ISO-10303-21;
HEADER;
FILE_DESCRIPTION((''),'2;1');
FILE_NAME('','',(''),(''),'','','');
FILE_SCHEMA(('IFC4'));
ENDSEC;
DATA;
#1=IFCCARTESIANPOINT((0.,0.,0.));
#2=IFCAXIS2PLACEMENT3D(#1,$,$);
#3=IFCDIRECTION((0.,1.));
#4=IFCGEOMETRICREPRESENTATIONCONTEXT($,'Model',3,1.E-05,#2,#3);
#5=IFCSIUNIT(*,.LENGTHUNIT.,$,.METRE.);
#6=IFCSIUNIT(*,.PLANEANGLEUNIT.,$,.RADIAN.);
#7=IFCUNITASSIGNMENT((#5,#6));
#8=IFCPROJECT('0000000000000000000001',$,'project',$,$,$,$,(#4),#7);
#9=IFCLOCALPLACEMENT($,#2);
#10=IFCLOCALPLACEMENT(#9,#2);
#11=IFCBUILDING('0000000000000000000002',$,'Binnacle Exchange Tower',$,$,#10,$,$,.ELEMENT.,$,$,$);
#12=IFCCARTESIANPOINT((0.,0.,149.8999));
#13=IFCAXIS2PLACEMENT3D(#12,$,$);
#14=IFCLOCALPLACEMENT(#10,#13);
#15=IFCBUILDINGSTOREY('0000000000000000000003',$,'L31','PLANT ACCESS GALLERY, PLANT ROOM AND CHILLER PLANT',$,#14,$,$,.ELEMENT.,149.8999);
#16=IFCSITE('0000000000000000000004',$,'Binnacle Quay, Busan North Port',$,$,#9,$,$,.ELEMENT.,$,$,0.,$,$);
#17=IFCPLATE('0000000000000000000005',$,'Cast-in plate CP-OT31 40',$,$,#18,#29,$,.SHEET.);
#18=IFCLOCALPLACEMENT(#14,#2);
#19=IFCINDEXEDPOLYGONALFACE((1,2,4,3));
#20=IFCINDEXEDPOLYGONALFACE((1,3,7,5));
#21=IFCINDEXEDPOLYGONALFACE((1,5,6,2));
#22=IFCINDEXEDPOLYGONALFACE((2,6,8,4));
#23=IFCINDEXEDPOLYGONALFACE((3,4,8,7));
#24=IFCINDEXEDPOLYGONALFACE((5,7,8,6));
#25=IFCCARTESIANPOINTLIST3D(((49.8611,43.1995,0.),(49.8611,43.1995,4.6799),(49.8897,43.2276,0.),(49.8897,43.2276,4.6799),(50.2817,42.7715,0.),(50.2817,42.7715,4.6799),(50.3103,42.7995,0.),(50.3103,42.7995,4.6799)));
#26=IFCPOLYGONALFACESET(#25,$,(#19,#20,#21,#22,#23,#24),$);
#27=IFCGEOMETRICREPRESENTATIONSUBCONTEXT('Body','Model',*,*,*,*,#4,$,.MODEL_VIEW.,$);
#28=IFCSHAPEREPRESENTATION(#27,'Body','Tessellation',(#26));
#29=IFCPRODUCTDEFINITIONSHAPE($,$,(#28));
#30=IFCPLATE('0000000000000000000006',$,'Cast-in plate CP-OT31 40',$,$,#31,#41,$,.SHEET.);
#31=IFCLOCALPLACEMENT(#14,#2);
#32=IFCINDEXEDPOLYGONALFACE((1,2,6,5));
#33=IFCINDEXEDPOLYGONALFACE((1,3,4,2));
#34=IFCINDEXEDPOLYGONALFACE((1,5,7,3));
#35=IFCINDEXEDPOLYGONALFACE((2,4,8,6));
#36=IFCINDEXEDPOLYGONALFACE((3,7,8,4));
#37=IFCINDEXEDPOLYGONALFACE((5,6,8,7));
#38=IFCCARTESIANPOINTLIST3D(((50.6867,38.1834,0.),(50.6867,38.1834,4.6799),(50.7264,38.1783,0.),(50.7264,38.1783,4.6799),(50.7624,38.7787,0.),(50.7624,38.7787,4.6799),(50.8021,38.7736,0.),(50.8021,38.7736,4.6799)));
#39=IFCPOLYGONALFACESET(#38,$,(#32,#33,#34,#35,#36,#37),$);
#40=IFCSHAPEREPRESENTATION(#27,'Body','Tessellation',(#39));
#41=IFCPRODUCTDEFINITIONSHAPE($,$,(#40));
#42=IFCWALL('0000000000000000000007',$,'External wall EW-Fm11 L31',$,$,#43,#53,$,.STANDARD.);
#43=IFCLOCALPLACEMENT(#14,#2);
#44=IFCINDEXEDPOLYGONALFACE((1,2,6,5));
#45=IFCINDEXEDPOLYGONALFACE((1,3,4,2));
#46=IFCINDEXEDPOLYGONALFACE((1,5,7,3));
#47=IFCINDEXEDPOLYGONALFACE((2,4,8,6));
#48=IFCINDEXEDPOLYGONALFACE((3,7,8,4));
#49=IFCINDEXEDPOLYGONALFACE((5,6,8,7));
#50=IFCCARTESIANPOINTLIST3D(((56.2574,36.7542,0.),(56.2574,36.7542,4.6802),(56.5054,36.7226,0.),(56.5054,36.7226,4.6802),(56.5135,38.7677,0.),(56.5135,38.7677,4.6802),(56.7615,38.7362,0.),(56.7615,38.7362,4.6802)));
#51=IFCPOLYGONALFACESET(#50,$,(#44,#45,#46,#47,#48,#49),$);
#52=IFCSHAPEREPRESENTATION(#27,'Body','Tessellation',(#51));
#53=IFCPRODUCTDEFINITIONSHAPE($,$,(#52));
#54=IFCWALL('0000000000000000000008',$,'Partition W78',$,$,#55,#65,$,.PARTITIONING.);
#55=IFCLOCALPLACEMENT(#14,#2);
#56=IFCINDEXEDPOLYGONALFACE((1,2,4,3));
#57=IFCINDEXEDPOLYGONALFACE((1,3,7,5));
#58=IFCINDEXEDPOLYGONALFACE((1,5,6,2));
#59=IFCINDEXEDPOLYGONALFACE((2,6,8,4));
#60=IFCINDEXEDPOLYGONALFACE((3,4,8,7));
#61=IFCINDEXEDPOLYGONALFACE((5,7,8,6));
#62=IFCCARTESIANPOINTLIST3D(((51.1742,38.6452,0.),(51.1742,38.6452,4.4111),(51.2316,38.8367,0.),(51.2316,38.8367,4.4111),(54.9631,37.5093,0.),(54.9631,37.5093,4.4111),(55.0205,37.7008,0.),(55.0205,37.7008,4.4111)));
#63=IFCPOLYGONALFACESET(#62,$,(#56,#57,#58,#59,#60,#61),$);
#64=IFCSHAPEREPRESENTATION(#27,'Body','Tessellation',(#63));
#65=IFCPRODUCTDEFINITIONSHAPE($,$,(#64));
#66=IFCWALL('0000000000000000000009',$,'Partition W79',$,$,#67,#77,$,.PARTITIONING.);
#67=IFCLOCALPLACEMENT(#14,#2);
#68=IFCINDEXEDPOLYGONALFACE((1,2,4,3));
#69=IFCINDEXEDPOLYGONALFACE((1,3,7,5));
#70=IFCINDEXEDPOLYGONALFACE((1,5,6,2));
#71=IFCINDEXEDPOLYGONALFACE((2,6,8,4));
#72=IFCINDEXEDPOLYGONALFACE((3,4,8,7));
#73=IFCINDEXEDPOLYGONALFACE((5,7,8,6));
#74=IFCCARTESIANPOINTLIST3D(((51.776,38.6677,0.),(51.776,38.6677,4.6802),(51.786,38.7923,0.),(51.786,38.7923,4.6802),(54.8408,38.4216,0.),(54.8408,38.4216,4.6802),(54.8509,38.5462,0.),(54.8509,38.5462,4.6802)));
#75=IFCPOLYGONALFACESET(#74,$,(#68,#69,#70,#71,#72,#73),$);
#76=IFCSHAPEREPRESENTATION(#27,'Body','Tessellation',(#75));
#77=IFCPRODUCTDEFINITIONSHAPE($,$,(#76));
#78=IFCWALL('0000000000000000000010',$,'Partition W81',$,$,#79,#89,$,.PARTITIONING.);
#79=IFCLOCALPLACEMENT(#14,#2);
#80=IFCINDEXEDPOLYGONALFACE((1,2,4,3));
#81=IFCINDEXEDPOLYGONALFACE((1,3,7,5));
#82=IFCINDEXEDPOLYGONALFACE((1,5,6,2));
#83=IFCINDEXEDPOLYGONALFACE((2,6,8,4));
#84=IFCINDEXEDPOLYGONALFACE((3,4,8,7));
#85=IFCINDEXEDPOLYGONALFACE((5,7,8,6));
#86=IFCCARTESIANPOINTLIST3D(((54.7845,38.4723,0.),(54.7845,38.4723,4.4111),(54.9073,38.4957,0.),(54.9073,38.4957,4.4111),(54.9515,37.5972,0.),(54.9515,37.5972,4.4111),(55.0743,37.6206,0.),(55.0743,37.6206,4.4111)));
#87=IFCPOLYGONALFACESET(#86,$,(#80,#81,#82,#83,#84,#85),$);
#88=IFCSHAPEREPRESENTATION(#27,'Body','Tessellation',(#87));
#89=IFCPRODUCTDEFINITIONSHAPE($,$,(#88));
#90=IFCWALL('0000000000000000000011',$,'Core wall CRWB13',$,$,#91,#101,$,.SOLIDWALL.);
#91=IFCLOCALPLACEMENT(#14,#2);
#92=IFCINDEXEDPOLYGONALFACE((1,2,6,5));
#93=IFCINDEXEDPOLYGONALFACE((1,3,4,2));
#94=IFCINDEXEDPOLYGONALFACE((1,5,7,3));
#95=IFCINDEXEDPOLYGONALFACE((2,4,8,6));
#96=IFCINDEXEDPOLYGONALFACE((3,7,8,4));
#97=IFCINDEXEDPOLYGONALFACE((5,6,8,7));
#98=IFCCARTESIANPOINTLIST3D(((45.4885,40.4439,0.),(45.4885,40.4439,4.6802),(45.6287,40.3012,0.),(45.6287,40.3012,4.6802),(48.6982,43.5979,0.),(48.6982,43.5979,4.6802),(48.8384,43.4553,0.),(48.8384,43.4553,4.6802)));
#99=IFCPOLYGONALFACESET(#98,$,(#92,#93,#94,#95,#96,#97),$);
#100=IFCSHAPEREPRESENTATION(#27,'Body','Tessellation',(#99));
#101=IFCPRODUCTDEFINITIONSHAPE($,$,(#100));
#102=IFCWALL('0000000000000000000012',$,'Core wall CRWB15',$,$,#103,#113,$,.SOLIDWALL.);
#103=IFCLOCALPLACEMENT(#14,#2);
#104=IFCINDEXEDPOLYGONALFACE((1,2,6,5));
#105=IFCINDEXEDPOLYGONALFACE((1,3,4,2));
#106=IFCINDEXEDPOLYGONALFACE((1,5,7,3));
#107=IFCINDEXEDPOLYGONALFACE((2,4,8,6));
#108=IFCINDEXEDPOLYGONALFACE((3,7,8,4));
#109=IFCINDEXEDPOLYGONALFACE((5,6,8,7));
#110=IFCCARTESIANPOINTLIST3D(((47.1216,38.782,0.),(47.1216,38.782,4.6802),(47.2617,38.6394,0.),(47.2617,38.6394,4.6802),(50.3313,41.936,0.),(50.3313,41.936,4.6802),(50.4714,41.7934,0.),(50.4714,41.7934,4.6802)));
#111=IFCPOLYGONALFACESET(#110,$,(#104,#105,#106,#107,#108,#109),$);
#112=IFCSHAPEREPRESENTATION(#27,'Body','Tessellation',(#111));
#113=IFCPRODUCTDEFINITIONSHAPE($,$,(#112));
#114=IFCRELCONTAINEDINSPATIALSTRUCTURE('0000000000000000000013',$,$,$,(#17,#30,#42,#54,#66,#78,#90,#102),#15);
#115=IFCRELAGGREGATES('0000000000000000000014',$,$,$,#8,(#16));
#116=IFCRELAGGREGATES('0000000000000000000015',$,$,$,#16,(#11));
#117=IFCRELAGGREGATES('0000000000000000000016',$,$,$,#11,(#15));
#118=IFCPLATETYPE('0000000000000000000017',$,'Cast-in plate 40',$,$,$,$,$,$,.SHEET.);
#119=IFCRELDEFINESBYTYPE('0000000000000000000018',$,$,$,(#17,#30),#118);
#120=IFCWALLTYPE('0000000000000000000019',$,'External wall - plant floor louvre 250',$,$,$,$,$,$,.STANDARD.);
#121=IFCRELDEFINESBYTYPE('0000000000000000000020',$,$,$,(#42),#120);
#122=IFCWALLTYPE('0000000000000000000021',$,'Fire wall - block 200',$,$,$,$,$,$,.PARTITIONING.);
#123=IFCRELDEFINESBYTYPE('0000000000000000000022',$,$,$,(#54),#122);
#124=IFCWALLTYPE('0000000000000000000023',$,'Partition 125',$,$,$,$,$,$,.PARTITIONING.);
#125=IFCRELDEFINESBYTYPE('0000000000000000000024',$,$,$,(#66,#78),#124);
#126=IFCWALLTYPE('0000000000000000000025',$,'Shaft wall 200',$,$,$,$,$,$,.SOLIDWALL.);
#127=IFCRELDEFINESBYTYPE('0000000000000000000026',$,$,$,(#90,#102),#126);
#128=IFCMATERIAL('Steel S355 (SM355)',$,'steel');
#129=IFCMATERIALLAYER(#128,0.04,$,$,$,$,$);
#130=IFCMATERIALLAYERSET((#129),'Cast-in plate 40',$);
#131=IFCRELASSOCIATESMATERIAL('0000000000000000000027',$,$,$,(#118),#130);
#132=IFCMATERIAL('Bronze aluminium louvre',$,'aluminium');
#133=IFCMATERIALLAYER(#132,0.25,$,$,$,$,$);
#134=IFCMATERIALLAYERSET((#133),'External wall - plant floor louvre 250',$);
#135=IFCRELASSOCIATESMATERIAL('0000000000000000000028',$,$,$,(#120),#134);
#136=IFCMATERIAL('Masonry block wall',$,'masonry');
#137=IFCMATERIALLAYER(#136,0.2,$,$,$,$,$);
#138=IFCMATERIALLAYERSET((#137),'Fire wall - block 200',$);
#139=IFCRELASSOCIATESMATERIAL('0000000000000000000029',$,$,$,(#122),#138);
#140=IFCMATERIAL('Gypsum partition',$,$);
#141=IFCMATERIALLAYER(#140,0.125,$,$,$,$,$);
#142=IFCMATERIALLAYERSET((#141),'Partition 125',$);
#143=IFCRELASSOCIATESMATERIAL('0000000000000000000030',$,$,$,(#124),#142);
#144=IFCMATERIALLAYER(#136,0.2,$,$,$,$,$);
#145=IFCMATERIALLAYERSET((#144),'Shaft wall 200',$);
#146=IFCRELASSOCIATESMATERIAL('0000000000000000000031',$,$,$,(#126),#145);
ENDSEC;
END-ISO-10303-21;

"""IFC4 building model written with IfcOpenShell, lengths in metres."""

from ifc_helpers import new_model, si_unit, direction, frame, frame_2d, origin, origin_2d, place, context, subcontext, project, spatial, rectangle, extrude, material, layer, layer_set, type_object, element, save


model = new_model("IFC4")

# Units and contexts
model_context = context("Model", 3, precision=1e-05, world=origin(), true_north=direction((0.0, 1.0)))
body_context = subcontext(model_context, "Body", "Model", "MODEL_VIEW")
ifc_project = project(units=[si_unit("LENGTHUNIT", "METRE"), si_unit("PLANEANGLEUNIT", "RADIAN")], contexts=[model_context])

# Site, building, storey
site_placement = place(None, origin())
site = spatial("IfcSite", under=ifc_project, at=site_placement, Name="Binnacle Quay, Busan North Port", CompositionType="ELEMENT", RefElevation=0.0)
building_placement = place(site_placement, origin())
building = spatial("IfcBuilding", under=site, at=building_placement, Name="Binnacle Exchange Tower", CompositionType="ELEMENT")
storey_placement = place(building_placement, frame((0.0, 0.0, 149.8999)))
storey = spatial("IfcBuildingStorey", under=building, at=storey_placement, Name="L31", Description="PLANT ACCESS GALLERY, PLANT ROOM AND CHILLER PLANT", CompositionType="ELEMENT", Elevation=149.8999)

# Plates
ifc_material_1 = material(Name="Steel S355 (SM355)", Category="steel")
ifc_layer_1 = layer(ifc_material_1, 0.04)
ifc_layer_set_1 = layer_set([ifc_layer_1], Name="Cast-in plate 40")
plate_type = type_object("IfcPlateType", Name="Cast-in plate 40", PredefinedType="SHEET", material=ifc_layer_set_1)
for number, where, z_axis, x_axis, name in (
    (1, (50.0857, 42.9995, 0.0), (0.0, 0.0, 1.0), (-0.71325, -0.700909, 0.0), "Cast-in plate CP-OT31 40"),
    (2, (50.7444, 38.4785, 0.0), (0.0, 0.0, 1.0), (-0.992005, 0.126199, 0.0), "Cast-in plate CP-OT31 40"),
):
    element("IfcPlate", number, at=place(storey_placement, frame(where, z_axis=z_axis, x_axis=x_axis)), inside=storey, type_object=plate_type, Name=name, PredefinedType="SHEET", context=body_context, shape_type="SweptSolid", body=[
        extrude(rectangle(XDim=0.04, YDim=0.6001, at=origin_2d()), origin(), (0.0, 0.0, 1.0), 4.6799),
    ])

# Walls
ifc_material_2 = material(Name="Bronze aluminium louvre", Category="aluminium")
ifc_layer_2 = layer(ifc_material_2, 0.25)
ifc_layer_set_2 = layer_set([ifc_layer_2], Name="External wall - plant floor louvre 250")
wall_type_1 = type_object("IfcWallType", Name="External wall - plant floor louvre 250", PredefinedType="STANDARD", material=ifc_layer_set_2)
wall_1_placement = place(storey_placement, frame((56.6375, 38.752, 0.0), z_axis=(0.0, 0.0, 1.0), x_axis=(-0.126166, -0.992009, 0.0)))
element("IfcWall", 3, at=wall_1_placement, inside=storey, type_object=wall_type_1, Name="External wall EW-Fm11 L31", PredefinedType="STANDARD", context=body_context, shape_type="SweptSolid", body=[
    extrude(rectangle(XDim=2.0298, YDim=0.25, at=frame_2d((1.0149, 0.0))), origin(), (0.0, 0.0, 1.0), 4.6802),
])
ifc_material_3 = material(Name="Masonry block wall", Category="masonry")
ifc_layer_3 = layer(ifc_material_3, 0.2)
ifc_layer_set_3 = layer_set([ifc_layer_3], Name="Fire wall - block 200")
wall_type_2 = type_object("IfcWallType", Name="Fire wall - block 200", PredefinedType="PARTITIONING", material=ifc_layer_set_3)
wall_2_placement = place(storey_placement, frame((51.2029, 38.741, 0.0), z_axis=(0.0, 0.0, 1.0), x_axis=(0.957877, -0.287178, 0.0)))
element("IfcWall", 4, at=wall_2_placement, inside=storey, type_object=wall_type_2, Name="Partition W78", PredefinedType="PARTITIONING", context=body_context, shape_type="SweptSolid", body=[
    extrude(rectangle(XDim=3.9556, YDim=0.2, at=frame_2d((1.9778, 0.0))), origin(), (0.0, 0.0, 1.0), 4.4111),
])
ifc_material_4 = material(Name="Gypsum partition")
ifc_layer_4 = layer(ifc_material_4, 0.125)
ifc_layer_set_4 = layer_set([ifc_layer_4], Name="Partition 125")
wall_type_3 = type_object("IfcWallType", Name="Partition 125", PredefinedType="PARTITIONING", material=ifc_layer_set_4)
wall_3_placement = place(storey_placement, frame((51.781, 38.73, 0.0), z_axis=(0.0, 0.0, 1.0), x_axis=(0.996792, -0.080036, 0.0)))
element("IfcWall", 5, at=wall_3_placement, inside=storey, type_object=wall_type_3, Name="Partition W79", PredefinedType="PARTITIONING", context=body_context, shape_type="SweptSolid", body=[
    extrude(rectangle(XDim=3.0747, YDim=0.125, at=frame_2d((1.5374, 0.0))), origin(), (0.0, 0.0, 1.0), 4.6802),
])
wall_4_placement = place(storey_placement, frame((54.8459, 38.4839, 0.0), z_axis=(0.0, 0.0, 1.0), x_axis=(0.187465, -0.982271, 0.0)))
element("IfcWall", 6, at=wall_4_placement, inside=storey, type_object=wall_type_3, Name="Partition W81", PredefinedType="PARTITIONING", context=body_context, shape_type="SweptSolid", body=[
    extrude(rectangle(XDim=0.8909, YDim=0.125, at=frame_2d((0.4453, 0.0))), origin(), (0.0, 0.0, 1.0), 4.4111),
])
ifc_layer_5 = layer(ifc_material_3, 0.2)
ifc_layer_set_5 = layer_set([ifc_layer_5], Name="Shaft wall 200")
wall_type_4 = type_object("IfcWallType", Name="Shaft wall 200", PredefinedType="SOLIDWALL", material=ifc_layer_set_5)
for number, where, z_axis, x_axis, name in (
    (7, (45.5586, 40.3726, 0.0), (0.0, 0.0, 1.0), (0.713265, 0.700895, 0.0), "Core wall CRWB13"),
    (8, (47.1917, 38.7107, 0.0), (0.0, 0.0, 1.0), (0.713265, 0.700895, 0.0), "Core wall CRWB15"),
):
    element("IfcWall", number, at=place(storey_placement, frame(where, z_axis=z_axis, x_axis=x_axis)), inside=storey, type_object=wall_type_4, Name=name, PredefinedType="SOLIDWALL", context=body_context, shape_type="SweptSolid", body=[
        extrude(rectangle(XDim=4.5, YDim=0.2, at=frame_2d((2.25, 0.0))), origin(), (0.0, 0.0, 1.0), 4.6802),
    ])

save(model, "model.ifc")
